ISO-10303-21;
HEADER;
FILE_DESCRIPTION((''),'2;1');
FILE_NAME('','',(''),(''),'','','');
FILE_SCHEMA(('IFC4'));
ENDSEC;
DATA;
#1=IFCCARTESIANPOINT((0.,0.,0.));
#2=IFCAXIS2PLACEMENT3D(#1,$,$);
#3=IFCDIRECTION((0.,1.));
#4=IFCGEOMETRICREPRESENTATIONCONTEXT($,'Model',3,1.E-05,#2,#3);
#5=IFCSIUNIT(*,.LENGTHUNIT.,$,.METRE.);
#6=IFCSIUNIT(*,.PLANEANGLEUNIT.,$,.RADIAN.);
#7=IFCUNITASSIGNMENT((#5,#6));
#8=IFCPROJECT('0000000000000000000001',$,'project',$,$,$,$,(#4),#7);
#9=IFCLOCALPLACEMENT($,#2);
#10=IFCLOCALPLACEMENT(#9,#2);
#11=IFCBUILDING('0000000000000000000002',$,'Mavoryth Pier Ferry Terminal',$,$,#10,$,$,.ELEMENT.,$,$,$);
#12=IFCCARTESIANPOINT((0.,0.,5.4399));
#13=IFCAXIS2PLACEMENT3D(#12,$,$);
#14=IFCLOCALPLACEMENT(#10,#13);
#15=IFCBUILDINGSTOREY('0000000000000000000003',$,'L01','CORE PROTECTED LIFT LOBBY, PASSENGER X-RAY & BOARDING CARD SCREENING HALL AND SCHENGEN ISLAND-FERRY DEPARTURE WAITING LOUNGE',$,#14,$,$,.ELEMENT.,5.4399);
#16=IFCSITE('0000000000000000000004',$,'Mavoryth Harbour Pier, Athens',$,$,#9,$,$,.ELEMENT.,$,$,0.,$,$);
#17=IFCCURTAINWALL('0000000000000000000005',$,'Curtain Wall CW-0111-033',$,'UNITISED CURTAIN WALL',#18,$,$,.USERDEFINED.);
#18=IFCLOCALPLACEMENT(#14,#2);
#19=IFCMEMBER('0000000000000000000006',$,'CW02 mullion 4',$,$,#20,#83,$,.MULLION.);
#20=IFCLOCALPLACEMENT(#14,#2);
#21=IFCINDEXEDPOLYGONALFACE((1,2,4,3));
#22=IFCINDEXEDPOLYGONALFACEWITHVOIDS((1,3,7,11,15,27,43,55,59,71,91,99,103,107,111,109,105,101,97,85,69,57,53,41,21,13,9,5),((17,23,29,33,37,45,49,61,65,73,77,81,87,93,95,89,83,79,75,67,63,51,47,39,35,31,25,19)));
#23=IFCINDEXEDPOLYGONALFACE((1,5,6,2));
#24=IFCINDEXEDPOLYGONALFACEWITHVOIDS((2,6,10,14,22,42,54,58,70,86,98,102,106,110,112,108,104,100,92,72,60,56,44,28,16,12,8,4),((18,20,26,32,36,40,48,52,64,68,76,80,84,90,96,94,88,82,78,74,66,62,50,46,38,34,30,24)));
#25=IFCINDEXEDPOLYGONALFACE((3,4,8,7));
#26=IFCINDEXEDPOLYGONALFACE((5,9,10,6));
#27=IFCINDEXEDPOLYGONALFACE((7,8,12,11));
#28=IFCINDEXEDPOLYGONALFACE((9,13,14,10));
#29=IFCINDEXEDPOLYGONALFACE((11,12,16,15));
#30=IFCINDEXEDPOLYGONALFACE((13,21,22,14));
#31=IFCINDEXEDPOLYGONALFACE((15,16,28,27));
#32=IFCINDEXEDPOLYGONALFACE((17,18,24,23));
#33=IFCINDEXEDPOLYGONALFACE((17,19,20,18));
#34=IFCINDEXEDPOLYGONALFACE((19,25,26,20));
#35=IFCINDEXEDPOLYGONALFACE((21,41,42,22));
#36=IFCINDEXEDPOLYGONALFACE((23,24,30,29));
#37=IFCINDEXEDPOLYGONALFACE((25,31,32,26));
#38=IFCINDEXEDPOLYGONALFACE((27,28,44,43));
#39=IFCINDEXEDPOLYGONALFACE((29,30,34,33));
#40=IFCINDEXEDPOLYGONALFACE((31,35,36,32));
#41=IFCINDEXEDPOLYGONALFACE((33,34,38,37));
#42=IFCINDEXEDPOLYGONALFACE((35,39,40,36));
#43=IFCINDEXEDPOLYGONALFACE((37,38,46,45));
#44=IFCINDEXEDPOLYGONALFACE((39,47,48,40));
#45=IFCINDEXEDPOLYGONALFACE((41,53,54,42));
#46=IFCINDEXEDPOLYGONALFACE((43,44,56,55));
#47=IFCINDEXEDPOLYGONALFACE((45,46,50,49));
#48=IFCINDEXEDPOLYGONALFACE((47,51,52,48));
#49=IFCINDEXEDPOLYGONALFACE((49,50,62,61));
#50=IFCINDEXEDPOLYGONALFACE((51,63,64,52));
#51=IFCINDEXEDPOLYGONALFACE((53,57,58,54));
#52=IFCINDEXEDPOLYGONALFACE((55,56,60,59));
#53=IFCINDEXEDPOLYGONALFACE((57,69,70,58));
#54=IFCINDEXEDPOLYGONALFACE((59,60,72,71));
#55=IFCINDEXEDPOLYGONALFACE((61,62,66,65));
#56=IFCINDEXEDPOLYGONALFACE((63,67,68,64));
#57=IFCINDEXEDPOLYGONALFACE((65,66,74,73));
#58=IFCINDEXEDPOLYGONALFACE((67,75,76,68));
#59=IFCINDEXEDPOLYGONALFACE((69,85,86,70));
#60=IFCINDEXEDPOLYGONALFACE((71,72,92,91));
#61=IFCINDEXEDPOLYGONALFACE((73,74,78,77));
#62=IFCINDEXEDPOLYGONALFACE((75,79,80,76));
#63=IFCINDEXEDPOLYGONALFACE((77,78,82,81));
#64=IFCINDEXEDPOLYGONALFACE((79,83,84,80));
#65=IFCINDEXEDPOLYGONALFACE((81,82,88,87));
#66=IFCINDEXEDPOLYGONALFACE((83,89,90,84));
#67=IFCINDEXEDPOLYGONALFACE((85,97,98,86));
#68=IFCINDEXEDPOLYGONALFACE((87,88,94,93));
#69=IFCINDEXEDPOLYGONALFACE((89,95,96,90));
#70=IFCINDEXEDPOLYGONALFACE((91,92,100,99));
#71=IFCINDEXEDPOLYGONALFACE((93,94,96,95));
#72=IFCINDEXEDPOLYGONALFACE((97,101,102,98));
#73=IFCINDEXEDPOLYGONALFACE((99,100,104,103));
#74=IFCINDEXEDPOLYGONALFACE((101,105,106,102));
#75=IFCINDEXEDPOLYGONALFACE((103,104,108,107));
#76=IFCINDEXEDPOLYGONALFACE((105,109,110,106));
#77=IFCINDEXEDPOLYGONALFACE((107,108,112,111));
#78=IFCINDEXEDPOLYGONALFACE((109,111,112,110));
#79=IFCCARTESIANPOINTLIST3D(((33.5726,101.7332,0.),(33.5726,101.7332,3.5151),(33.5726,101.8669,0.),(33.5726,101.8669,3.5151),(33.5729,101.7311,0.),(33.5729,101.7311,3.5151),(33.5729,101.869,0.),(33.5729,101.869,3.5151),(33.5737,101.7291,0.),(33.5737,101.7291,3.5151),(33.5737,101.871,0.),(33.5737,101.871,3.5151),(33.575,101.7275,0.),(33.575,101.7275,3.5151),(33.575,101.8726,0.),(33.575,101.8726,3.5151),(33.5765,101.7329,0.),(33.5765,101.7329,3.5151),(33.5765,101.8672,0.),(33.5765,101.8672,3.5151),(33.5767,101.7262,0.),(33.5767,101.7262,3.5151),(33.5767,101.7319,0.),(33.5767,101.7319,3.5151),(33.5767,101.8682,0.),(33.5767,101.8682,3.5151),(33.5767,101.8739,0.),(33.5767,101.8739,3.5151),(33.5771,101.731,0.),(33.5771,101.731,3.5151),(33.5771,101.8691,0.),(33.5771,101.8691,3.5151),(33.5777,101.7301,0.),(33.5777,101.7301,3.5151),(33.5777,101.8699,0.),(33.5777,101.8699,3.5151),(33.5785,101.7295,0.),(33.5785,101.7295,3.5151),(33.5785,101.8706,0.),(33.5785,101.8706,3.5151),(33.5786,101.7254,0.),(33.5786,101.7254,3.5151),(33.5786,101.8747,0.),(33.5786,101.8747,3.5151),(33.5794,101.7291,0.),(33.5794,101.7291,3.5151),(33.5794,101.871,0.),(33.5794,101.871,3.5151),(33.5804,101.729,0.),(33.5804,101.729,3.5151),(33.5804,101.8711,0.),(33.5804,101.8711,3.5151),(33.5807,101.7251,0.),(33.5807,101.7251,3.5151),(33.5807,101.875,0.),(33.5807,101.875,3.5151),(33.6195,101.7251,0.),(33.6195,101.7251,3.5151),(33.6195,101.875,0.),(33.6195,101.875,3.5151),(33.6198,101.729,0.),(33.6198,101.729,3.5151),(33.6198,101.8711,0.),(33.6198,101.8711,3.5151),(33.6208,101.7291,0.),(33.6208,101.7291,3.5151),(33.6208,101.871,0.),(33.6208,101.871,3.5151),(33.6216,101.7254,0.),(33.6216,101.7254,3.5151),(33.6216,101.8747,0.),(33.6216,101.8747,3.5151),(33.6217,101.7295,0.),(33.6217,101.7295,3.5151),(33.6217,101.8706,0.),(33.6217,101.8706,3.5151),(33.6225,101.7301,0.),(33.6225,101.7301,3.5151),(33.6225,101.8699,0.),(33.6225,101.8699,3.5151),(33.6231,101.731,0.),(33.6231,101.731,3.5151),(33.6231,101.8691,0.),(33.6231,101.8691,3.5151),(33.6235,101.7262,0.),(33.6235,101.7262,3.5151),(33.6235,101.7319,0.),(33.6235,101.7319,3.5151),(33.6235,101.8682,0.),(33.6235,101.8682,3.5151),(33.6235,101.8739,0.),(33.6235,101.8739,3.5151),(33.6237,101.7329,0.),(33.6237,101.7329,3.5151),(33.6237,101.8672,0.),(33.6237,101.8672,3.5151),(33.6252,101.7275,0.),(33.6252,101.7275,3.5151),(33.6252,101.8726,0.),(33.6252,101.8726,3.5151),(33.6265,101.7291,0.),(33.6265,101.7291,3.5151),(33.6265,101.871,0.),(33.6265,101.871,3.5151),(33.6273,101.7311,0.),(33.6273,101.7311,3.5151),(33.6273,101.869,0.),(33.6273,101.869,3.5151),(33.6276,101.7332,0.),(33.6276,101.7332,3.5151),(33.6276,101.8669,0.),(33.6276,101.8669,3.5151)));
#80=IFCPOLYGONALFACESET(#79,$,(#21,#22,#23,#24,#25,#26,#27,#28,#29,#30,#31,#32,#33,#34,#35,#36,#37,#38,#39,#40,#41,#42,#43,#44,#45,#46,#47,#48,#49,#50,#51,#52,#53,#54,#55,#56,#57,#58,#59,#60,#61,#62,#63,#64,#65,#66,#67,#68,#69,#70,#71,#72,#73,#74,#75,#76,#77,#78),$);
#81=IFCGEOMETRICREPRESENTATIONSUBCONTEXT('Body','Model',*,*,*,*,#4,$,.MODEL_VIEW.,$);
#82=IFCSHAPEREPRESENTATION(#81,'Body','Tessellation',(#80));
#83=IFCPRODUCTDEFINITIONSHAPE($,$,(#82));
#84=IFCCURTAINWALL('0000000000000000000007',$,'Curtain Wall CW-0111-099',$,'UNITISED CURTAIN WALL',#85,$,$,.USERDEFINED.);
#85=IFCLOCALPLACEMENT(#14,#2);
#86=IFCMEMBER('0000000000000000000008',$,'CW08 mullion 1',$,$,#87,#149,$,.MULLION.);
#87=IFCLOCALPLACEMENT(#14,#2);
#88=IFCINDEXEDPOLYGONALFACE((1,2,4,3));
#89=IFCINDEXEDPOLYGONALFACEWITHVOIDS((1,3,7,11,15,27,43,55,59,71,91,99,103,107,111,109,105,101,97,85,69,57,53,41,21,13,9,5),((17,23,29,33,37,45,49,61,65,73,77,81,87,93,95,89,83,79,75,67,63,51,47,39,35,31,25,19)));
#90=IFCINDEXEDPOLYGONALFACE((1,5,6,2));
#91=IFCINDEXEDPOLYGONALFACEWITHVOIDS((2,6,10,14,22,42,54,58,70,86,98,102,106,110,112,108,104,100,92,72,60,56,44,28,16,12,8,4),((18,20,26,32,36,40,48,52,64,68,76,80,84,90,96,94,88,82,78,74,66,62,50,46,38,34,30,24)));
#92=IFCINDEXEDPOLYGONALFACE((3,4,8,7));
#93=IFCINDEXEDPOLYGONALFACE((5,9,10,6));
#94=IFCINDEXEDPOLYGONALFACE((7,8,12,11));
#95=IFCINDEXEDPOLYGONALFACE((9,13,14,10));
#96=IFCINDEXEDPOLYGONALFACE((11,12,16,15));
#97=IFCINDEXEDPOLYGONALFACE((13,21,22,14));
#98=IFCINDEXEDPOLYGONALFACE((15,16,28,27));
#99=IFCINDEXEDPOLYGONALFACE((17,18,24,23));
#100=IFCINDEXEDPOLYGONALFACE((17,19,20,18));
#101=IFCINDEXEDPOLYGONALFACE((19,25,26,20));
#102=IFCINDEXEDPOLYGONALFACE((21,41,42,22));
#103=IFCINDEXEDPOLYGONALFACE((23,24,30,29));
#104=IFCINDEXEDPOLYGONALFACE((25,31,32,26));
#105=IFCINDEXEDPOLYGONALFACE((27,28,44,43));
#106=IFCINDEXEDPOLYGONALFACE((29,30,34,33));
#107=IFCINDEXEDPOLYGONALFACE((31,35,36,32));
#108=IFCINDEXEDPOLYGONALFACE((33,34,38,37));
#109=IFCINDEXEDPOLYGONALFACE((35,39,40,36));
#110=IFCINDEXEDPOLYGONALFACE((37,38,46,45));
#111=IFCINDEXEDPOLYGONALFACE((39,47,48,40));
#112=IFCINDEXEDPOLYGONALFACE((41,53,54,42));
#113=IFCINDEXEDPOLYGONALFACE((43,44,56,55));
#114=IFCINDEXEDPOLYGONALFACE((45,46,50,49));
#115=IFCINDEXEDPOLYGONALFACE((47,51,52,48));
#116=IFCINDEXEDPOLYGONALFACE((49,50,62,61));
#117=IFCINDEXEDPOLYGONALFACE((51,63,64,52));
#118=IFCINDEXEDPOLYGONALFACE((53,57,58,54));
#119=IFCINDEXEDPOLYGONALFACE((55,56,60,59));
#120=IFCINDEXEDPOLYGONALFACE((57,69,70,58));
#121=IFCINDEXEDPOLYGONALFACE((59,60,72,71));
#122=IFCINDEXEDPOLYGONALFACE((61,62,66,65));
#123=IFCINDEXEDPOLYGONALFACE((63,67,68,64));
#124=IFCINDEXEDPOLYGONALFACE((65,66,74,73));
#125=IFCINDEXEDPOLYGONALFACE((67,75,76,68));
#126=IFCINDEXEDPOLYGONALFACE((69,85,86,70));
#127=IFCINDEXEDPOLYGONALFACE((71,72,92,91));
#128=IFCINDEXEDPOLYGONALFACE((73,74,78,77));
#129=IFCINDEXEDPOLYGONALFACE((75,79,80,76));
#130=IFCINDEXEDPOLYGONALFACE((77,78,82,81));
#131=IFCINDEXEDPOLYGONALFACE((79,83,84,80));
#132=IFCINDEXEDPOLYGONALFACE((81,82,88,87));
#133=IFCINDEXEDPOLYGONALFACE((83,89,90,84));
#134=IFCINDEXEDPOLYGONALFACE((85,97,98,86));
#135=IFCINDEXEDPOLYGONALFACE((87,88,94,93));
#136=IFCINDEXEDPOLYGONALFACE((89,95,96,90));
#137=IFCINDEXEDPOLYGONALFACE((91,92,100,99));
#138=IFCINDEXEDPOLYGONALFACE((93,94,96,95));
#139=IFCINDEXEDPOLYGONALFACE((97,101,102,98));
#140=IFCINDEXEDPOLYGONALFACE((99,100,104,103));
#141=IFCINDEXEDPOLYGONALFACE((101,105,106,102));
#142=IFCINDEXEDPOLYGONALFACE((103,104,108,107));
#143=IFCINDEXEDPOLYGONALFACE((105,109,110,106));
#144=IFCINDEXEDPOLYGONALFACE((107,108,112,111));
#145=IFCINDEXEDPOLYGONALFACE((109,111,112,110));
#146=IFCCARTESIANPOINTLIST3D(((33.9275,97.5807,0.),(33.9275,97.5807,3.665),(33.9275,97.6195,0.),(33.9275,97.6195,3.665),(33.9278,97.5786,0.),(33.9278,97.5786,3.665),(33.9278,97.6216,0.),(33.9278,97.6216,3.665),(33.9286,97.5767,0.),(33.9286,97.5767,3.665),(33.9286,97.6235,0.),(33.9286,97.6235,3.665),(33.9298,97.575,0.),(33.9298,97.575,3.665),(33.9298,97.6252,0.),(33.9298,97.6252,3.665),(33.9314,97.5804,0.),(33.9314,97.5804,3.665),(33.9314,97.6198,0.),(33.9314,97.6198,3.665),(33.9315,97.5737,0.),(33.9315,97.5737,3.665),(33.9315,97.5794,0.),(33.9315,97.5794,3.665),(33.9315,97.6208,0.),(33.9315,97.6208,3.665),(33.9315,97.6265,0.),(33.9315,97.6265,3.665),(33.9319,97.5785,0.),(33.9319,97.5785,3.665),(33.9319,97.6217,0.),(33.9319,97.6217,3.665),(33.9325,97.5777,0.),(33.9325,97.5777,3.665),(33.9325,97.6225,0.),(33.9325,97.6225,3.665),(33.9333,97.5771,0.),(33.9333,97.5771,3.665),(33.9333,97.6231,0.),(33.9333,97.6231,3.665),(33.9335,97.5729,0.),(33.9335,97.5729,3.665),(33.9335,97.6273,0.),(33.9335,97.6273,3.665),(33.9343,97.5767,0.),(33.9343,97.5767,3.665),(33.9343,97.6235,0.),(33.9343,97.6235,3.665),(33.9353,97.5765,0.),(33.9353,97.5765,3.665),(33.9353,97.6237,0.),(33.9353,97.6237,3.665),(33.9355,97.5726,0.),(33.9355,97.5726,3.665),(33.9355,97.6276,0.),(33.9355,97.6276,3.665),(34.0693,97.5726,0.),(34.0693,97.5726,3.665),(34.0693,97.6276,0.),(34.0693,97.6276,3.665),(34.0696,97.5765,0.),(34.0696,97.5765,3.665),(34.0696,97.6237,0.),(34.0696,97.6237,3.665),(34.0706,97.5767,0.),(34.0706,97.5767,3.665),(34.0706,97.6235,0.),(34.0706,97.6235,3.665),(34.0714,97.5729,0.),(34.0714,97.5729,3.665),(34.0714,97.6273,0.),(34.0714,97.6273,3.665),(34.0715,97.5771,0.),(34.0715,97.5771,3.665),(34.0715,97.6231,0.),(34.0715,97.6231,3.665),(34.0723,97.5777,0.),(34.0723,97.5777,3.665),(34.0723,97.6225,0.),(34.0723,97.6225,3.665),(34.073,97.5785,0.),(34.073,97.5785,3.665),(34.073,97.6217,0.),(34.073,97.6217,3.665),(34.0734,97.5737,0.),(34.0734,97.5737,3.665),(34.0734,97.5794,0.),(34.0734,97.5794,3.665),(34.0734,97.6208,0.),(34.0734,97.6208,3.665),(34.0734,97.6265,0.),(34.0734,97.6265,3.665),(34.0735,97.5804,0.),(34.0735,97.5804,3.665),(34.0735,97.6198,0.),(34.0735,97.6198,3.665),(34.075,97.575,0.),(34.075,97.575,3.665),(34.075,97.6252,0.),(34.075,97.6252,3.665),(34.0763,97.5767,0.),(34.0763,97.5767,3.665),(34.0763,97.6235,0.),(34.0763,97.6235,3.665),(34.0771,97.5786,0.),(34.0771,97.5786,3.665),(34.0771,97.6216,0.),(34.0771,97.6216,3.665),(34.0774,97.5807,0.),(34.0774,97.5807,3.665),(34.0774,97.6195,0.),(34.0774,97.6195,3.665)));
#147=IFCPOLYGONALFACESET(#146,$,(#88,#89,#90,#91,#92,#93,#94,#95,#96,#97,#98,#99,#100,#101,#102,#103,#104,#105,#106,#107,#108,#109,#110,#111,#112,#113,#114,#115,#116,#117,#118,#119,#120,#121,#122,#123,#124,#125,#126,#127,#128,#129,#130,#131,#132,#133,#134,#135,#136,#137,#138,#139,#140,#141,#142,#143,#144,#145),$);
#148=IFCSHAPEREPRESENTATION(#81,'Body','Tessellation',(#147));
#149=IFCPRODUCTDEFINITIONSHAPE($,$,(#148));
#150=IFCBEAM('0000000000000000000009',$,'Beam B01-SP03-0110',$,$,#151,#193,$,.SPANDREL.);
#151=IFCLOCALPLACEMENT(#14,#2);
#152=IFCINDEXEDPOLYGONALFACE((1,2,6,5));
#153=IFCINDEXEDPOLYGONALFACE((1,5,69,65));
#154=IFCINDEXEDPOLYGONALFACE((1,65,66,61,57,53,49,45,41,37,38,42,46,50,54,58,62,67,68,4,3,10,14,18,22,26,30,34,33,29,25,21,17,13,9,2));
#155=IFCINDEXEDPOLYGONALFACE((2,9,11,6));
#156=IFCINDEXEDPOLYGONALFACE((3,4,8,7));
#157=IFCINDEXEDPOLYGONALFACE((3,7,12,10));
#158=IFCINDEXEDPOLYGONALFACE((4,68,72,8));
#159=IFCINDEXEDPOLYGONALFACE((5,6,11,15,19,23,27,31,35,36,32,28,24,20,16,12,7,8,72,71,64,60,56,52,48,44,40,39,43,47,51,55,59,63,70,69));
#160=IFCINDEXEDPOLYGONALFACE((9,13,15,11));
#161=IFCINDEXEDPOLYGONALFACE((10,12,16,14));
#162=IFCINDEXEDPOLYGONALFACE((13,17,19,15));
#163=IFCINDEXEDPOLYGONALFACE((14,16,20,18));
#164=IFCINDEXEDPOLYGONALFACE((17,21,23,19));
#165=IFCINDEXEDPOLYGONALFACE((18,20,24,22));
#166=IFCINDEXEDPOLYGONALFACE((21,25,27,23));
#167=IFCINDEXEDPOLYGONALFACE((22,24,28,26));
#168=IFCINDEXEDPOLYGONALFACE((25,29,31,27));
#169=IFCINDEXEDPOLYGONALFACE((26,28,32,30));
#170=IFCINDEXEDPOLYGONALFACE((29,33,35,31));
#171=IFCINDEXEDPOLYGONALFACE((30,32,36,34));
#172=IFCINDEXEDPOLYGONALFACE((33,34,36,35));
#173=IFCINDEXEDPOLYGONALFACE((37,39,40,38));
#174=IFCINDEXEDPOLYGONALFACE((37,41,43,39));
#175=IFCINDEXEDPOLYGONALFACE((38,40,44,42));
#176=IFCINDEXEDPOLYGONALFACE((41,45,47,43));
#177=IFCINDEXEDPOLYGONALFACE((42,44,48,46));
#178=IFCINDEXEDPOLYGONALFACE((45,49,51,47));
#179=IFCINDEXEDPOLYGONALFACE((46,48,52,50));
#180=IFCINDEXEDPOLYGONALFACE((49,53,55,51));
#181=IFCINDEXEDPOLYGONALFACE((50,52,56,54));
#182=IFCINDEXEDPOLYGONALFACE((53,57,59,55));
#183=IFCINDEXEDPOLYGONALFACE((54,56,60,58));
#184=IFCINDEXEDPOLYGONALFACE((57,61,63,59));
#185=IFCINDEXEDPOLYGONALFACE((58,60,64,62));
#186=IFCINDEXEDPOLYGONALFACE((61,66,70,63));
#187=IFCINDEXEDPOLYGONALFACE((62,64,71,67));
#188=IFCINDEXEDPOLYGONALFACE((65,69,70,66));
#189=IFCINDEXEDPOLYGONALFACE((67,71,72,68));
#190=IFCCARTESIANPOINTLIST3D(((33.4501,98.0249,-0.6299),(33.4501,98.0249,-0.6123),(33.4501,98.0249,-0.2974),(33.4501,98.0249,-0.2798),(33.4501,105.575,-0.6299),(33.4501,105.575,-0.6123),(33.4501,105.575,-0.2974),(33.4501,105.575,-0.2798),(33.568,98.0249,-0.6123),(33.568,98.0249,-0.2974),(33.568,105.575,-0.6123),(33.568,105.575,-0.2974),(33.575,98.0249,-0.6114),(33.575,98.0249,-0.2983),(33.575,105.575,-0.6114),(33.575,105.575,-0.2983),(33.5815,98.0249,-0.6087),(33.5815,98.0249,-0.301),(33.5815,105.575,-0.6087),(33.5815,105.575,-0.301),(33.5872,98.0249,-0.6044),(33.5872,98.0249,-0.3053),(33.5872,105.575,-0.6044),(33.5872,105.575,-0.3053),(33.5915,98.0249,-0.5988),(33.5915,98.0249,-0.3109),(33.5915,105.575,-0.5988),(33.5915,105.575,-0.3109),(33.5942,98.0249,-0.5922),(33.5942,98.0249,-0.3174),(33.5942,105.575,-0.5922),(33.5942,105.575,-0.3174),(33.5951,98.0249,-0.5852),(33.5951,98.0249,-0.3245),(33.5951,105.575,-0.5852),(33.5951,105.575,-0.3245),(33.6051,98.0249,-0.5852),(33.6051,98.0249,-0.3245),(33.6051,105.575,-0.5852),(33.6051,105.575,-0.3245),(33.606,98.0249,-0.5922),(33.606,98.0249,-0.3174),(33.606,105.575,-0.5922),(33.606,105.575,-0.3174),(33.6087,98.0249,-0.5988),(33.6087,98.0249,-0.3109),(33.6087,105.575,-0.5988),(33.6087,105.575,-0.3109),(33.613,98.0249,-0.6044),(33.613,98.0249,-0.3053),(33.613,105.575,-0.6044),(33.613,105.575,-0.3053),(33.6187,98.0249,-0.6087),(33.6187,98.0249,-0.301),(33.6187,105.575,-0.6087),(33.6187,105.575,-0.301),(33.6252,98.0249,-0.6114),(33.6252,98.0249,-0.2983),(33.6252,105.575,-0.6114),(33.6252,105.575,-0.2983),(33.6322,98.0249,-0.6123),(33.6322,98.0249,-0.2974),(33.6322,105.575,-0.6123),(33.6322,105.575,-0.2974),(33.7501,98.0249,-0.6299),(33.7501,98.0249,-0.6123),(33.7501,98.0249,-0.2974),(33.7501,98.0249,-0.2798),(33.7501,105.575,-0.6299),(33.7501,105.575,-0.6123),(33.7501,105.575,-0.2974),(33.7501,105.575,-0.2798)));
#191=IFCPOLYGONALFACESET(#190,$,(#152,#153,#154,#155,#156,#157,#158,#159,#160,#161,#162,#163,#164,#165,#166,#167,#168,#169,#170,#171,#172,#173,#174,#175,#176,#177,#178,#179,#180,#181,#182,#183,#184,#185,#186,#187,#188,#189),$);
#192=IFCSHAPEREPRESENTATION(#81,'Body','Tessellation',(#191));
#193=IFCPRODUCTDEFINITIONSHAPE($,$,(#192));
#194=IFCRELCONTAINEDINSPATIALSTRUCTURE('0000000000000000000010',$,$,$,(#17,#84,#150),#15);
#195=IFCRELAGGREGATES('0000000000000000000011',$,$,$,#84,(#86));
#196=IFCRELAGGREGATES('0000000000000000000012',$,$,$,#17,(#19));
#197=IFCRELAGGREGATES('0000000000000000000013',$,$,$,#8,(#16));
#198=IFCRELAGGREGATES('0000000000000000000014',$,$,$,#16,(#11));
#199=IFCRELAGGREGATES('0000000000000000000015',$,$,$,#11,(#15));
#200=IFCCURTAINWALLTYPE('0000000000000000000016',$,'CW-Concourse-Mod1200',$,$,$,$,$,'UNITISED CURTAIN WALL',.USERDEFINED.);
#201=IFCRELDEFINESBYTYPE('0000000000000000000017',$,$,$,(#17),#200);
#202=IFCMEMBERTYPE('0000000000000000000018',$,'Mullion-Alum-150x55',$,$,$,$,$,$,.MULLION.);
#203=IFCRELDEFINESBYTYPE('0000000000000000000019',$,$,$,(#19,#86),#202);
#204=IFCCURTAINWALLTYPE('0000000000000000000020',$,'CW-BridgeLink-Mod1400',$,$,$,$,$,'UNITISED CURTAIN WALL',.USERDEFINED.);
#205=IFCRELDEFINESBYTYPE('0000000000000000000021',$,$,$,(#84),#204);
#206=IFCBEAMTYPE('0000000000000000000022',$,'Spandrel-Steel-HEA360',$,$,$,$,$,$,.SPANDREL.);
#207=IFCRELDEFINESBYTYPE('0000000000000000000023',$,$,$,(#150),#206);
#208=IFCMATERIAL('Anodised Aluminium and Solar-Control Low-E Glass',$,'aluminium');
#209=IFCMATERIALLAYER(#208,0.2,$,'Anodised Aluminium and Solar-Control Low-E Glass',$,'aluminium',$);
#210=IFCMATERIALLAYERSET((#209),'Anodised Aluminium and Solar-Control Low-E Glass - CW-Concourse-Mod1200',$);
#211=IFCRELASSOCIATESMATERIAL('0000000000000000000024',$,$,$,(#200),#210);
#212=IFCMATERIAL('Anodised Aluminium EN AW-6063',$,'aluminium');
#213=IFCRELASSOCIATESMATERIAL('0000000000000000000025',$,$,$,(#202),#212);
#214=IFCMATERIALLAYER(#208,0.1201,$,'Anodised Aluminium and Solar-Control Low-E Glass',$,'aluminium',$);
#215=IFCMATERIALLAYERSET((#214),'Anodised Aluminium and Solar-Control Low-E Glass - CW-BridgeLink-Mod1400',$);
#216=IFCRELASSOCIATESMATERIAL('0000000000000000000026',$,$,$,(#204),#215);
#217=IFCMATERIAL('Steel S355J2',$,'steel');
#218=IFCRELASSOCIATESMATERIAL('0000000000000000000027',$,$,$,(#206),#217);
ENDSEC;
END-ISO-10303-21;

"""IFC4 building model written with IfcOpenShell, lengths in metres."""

from ifc_helpers import new_model, si_unit, direction, frame, origin, origin_2d, place, context, subcontext, project, spatial, hollow_rectangle, i_section, extrude, material, layer, layer_set, material_profile, profile_set, type_object, element, aggregate, save


model = new_model("IFC4")

# Units and contexts
model_context = context("Model", 3, precision=1e-05, world=origin(), true_north=direction((0.0, 1.0)))
body_context = subcontext(model_context, "Body", "Model", "MODEL_VIEW")
ifc_project = project(units=[si_unit("LENGTHUNIT", "METRE"), si_unit("PLANEANGLEUNIT", "RADIAN")], contexts=[model_context])

# Site, building, storey
site_placement = place(None, origin())
site = spatial("IfcSite", under=ifc_project, at=site_placement, Name="Mavoryth Harbour Pier, Athens", CompositionType="ELEMENT", RefElevation=0.0)
building_placement = place(site_placement, origin())
building = spatial("IfcBuilding", under=site, at=building_placement, Name="Mavoryth Pier Ferry Terminal", CompositionType="ELEMENT")
storey_placement = place(building_placement, frame((0.0, 0.0, 5.4399)))
storey = spatial("IfcBuildingStorey", under=building, at=storey_placement, Name="L01", Description="CORE PROTECTED LIFT LOBBY, PASSENGER X-RAY & BOARDING CARD SCREENING HALL AND SCHENGEN ISLAND-FERRY DEPARTURE WAITING LOUNGE", CompositionType="ELEMENT", Elevation=5.4399)

# Shared definitions
ifc_material_1 = material(Name="Steel S355J2", Category="steel")

# Curtain wall, member
ifc_material_2 = material(Name="Anodised Aluminium and Solar-Control Low-E Glass", Category="aluminium")
ifc_layer_1 = layer(ifc_material_2, 0.2, Name="Anodised Aluminium and Solar-Control Low-E Glass", Category="aluminium")
ifc_layer_set_1 = layer_set([ifc_layer_1], Name="Anodised Aluminium and Solar-Control Low-E Glass - CW-Concourse-Mod1200")
curtain_wall_type_1 = type_object("IfcCurtainWallType", Name="CW-Concourse-Mod1200", ElementType="UNITISED CURTAIN WALL", PredefinedType="USERDEFINED", material=ifc_layer_set_1)
curtain_wall_1_placement = place(storey_placement, origin())
curtain_wall_1 = element("IfcCurtainWall", 1, at=curtain_wall_1_placement, inside=storey, type_object=curtain_wall_type_1, Name="Curtain Wall CW-0111-033", ObjectType="UNITISED CURTAIN WALL", PredefinedType="USERDEFINED")
ifc_material_3 = material(Name="Anodised Aluminium EN AW-6063", Category="aluminium")
ifc_material_profile_1 = material_profile(ifc_material_3, hollow_rectangle(XDim=0.0549, YDim=0.1499, WallThickness=0.0039, InnerFilletRadius=0.0039, OuterFilletRadius=0.0081, at=origin_2d()), Name="AL-MULL 150x55x4", Category="aluminium")
ifc_profile_set_1 = profile_set([ifc_material_profile_1], Name="Anodised Aluminium EN AW-6063 - AL-MULL 150x55x4")
member_type_1 = type_object("IfcMemberType", Name="Mullion-Alum-150x55", PredefinedType="MULLION", material=ifc_profile_set_1)
member_1_placement = place(storey_placement, frame((33.6001, 101.8, 0.0), z_axis=(0.0, 0.0, 1.0), x_axis=(-1.0, 0.0, 0.0)))
member_1 = element("IfcMember", 2, at=member_1_placement, type_object=member_type_1, Name="CW02 mullion 4", PredefinedType="MULLION", context=body_context, shape_type="SweptSolid", body=[
    extrude(hollow_rectangle(XDim=0.0549, YDim=0.1499, WallThickness=0.0039, InnerFilletRadius=0.0039, OuterFilletRadius=0.0081, at=origin_2d()), origin(), (0.0, 0.0, 1.0), 3.5151),
])

# Curtain wall, member
ifc_layer_2 = layer(ifc_material_2, 0.1201, Name="Anodised Aluminium and Solar-Control Low-E Glass", Category="aluminium")
ifc_layer_set_2 = layer_set([ifc_layer_2], Name="Anodised Aluminium and Solar-Control Low-E Glass - CW-BridgeLink-Mod1400")
curtain_wall_type_2 = type_object("IfcCurtainWallType", Name="CW-BridgeLink-Mod1400", ElementType="UNITISED CURTAIN WALL", PredefinedType="USERDEFINED", material=ifc_layer_set_2)
curtain_wall_2_placement = place(storey_placement, origin())
curtain_wall_2 = element("IfcCurtainWall", 3, at=curtain_wall_2_placement, inside=storey, type_object=curtain_wall_type_2, Name="Curtain Wall CW-0111-099", ObjectType="UNITISED CURTAIN WALL", PredefinedType="USERDEFINED")
member_2_placement = place(storey_placement, frame((34.0024, 97.6001, 0.0), z_axis=(0.0, 0.0, 1.0), x_axis=(0.0, 1.0, 0.0)))
member_2 = element("IfcMember", 4, at=member_2_placement, type_object=member_type_1, Name="CW08 mullion 1", PredefinedType="MULLION", context=body_context, shape_type="SweptSolid", body=[
    extrude(hollow_rectangle(XDim=0.0549, YDim=0.1499, WallThickness=0.0039, InnerFilletRadius=0.0039, OuterFilletRadius=0.0081, at=origin_2d()), origin(), (0.0, 0.0, 1.0), 3.665),
])
aggregate(curtain_wall_2, [member_2])

# Beam
ifc_material_profile_2 = material_profile(ifc_material_1, i_section(OverallWidth=0.3, OverallDepth=0.3501, WebThickness=0.01, FlangeThickness=0.0176, FilletRadius=0.0271, at=origin_2d()), Name="HEA 360", Category="steel")
ifc_profile_set_2 = profile_set([ifc_material_profile_2], Name="Steel S355J2 - HEA 360")
beam_type_1 = type_object("IfcBeamType", Name="Spandrel-Steel-HEA360", PredefinedType="SPANDREL", material=ifc_profile_set_2)
beam_1_placement = place(storey_placement, frame((33.6001, 98.0249, -0.4548), z_axis=(0.0, 1.0, 0.0), x_axis=(-1.0, 0.0, 0.0)))
element("IfcBeam", 5, at=beam_1_placement, inside=storey, type_object=beam_type_1, Name="Beam B01-SP03-0110", PredefinedType="SPANDREL", context=body_context, shape_type="SweptSolid", body=[
    extrude(i_section(OverallWidth=0.3, OverallDepth=0.3501, WebThickness=0.01, FlangeThickness=0.0176, FilletRadius=0.0271, at=origin_2d()), origin(), (0.0, 0.0, 1.0), 7.55),
])

aggregate(curtain_wall_1, [member_1])

save(model, "model.ifc")
